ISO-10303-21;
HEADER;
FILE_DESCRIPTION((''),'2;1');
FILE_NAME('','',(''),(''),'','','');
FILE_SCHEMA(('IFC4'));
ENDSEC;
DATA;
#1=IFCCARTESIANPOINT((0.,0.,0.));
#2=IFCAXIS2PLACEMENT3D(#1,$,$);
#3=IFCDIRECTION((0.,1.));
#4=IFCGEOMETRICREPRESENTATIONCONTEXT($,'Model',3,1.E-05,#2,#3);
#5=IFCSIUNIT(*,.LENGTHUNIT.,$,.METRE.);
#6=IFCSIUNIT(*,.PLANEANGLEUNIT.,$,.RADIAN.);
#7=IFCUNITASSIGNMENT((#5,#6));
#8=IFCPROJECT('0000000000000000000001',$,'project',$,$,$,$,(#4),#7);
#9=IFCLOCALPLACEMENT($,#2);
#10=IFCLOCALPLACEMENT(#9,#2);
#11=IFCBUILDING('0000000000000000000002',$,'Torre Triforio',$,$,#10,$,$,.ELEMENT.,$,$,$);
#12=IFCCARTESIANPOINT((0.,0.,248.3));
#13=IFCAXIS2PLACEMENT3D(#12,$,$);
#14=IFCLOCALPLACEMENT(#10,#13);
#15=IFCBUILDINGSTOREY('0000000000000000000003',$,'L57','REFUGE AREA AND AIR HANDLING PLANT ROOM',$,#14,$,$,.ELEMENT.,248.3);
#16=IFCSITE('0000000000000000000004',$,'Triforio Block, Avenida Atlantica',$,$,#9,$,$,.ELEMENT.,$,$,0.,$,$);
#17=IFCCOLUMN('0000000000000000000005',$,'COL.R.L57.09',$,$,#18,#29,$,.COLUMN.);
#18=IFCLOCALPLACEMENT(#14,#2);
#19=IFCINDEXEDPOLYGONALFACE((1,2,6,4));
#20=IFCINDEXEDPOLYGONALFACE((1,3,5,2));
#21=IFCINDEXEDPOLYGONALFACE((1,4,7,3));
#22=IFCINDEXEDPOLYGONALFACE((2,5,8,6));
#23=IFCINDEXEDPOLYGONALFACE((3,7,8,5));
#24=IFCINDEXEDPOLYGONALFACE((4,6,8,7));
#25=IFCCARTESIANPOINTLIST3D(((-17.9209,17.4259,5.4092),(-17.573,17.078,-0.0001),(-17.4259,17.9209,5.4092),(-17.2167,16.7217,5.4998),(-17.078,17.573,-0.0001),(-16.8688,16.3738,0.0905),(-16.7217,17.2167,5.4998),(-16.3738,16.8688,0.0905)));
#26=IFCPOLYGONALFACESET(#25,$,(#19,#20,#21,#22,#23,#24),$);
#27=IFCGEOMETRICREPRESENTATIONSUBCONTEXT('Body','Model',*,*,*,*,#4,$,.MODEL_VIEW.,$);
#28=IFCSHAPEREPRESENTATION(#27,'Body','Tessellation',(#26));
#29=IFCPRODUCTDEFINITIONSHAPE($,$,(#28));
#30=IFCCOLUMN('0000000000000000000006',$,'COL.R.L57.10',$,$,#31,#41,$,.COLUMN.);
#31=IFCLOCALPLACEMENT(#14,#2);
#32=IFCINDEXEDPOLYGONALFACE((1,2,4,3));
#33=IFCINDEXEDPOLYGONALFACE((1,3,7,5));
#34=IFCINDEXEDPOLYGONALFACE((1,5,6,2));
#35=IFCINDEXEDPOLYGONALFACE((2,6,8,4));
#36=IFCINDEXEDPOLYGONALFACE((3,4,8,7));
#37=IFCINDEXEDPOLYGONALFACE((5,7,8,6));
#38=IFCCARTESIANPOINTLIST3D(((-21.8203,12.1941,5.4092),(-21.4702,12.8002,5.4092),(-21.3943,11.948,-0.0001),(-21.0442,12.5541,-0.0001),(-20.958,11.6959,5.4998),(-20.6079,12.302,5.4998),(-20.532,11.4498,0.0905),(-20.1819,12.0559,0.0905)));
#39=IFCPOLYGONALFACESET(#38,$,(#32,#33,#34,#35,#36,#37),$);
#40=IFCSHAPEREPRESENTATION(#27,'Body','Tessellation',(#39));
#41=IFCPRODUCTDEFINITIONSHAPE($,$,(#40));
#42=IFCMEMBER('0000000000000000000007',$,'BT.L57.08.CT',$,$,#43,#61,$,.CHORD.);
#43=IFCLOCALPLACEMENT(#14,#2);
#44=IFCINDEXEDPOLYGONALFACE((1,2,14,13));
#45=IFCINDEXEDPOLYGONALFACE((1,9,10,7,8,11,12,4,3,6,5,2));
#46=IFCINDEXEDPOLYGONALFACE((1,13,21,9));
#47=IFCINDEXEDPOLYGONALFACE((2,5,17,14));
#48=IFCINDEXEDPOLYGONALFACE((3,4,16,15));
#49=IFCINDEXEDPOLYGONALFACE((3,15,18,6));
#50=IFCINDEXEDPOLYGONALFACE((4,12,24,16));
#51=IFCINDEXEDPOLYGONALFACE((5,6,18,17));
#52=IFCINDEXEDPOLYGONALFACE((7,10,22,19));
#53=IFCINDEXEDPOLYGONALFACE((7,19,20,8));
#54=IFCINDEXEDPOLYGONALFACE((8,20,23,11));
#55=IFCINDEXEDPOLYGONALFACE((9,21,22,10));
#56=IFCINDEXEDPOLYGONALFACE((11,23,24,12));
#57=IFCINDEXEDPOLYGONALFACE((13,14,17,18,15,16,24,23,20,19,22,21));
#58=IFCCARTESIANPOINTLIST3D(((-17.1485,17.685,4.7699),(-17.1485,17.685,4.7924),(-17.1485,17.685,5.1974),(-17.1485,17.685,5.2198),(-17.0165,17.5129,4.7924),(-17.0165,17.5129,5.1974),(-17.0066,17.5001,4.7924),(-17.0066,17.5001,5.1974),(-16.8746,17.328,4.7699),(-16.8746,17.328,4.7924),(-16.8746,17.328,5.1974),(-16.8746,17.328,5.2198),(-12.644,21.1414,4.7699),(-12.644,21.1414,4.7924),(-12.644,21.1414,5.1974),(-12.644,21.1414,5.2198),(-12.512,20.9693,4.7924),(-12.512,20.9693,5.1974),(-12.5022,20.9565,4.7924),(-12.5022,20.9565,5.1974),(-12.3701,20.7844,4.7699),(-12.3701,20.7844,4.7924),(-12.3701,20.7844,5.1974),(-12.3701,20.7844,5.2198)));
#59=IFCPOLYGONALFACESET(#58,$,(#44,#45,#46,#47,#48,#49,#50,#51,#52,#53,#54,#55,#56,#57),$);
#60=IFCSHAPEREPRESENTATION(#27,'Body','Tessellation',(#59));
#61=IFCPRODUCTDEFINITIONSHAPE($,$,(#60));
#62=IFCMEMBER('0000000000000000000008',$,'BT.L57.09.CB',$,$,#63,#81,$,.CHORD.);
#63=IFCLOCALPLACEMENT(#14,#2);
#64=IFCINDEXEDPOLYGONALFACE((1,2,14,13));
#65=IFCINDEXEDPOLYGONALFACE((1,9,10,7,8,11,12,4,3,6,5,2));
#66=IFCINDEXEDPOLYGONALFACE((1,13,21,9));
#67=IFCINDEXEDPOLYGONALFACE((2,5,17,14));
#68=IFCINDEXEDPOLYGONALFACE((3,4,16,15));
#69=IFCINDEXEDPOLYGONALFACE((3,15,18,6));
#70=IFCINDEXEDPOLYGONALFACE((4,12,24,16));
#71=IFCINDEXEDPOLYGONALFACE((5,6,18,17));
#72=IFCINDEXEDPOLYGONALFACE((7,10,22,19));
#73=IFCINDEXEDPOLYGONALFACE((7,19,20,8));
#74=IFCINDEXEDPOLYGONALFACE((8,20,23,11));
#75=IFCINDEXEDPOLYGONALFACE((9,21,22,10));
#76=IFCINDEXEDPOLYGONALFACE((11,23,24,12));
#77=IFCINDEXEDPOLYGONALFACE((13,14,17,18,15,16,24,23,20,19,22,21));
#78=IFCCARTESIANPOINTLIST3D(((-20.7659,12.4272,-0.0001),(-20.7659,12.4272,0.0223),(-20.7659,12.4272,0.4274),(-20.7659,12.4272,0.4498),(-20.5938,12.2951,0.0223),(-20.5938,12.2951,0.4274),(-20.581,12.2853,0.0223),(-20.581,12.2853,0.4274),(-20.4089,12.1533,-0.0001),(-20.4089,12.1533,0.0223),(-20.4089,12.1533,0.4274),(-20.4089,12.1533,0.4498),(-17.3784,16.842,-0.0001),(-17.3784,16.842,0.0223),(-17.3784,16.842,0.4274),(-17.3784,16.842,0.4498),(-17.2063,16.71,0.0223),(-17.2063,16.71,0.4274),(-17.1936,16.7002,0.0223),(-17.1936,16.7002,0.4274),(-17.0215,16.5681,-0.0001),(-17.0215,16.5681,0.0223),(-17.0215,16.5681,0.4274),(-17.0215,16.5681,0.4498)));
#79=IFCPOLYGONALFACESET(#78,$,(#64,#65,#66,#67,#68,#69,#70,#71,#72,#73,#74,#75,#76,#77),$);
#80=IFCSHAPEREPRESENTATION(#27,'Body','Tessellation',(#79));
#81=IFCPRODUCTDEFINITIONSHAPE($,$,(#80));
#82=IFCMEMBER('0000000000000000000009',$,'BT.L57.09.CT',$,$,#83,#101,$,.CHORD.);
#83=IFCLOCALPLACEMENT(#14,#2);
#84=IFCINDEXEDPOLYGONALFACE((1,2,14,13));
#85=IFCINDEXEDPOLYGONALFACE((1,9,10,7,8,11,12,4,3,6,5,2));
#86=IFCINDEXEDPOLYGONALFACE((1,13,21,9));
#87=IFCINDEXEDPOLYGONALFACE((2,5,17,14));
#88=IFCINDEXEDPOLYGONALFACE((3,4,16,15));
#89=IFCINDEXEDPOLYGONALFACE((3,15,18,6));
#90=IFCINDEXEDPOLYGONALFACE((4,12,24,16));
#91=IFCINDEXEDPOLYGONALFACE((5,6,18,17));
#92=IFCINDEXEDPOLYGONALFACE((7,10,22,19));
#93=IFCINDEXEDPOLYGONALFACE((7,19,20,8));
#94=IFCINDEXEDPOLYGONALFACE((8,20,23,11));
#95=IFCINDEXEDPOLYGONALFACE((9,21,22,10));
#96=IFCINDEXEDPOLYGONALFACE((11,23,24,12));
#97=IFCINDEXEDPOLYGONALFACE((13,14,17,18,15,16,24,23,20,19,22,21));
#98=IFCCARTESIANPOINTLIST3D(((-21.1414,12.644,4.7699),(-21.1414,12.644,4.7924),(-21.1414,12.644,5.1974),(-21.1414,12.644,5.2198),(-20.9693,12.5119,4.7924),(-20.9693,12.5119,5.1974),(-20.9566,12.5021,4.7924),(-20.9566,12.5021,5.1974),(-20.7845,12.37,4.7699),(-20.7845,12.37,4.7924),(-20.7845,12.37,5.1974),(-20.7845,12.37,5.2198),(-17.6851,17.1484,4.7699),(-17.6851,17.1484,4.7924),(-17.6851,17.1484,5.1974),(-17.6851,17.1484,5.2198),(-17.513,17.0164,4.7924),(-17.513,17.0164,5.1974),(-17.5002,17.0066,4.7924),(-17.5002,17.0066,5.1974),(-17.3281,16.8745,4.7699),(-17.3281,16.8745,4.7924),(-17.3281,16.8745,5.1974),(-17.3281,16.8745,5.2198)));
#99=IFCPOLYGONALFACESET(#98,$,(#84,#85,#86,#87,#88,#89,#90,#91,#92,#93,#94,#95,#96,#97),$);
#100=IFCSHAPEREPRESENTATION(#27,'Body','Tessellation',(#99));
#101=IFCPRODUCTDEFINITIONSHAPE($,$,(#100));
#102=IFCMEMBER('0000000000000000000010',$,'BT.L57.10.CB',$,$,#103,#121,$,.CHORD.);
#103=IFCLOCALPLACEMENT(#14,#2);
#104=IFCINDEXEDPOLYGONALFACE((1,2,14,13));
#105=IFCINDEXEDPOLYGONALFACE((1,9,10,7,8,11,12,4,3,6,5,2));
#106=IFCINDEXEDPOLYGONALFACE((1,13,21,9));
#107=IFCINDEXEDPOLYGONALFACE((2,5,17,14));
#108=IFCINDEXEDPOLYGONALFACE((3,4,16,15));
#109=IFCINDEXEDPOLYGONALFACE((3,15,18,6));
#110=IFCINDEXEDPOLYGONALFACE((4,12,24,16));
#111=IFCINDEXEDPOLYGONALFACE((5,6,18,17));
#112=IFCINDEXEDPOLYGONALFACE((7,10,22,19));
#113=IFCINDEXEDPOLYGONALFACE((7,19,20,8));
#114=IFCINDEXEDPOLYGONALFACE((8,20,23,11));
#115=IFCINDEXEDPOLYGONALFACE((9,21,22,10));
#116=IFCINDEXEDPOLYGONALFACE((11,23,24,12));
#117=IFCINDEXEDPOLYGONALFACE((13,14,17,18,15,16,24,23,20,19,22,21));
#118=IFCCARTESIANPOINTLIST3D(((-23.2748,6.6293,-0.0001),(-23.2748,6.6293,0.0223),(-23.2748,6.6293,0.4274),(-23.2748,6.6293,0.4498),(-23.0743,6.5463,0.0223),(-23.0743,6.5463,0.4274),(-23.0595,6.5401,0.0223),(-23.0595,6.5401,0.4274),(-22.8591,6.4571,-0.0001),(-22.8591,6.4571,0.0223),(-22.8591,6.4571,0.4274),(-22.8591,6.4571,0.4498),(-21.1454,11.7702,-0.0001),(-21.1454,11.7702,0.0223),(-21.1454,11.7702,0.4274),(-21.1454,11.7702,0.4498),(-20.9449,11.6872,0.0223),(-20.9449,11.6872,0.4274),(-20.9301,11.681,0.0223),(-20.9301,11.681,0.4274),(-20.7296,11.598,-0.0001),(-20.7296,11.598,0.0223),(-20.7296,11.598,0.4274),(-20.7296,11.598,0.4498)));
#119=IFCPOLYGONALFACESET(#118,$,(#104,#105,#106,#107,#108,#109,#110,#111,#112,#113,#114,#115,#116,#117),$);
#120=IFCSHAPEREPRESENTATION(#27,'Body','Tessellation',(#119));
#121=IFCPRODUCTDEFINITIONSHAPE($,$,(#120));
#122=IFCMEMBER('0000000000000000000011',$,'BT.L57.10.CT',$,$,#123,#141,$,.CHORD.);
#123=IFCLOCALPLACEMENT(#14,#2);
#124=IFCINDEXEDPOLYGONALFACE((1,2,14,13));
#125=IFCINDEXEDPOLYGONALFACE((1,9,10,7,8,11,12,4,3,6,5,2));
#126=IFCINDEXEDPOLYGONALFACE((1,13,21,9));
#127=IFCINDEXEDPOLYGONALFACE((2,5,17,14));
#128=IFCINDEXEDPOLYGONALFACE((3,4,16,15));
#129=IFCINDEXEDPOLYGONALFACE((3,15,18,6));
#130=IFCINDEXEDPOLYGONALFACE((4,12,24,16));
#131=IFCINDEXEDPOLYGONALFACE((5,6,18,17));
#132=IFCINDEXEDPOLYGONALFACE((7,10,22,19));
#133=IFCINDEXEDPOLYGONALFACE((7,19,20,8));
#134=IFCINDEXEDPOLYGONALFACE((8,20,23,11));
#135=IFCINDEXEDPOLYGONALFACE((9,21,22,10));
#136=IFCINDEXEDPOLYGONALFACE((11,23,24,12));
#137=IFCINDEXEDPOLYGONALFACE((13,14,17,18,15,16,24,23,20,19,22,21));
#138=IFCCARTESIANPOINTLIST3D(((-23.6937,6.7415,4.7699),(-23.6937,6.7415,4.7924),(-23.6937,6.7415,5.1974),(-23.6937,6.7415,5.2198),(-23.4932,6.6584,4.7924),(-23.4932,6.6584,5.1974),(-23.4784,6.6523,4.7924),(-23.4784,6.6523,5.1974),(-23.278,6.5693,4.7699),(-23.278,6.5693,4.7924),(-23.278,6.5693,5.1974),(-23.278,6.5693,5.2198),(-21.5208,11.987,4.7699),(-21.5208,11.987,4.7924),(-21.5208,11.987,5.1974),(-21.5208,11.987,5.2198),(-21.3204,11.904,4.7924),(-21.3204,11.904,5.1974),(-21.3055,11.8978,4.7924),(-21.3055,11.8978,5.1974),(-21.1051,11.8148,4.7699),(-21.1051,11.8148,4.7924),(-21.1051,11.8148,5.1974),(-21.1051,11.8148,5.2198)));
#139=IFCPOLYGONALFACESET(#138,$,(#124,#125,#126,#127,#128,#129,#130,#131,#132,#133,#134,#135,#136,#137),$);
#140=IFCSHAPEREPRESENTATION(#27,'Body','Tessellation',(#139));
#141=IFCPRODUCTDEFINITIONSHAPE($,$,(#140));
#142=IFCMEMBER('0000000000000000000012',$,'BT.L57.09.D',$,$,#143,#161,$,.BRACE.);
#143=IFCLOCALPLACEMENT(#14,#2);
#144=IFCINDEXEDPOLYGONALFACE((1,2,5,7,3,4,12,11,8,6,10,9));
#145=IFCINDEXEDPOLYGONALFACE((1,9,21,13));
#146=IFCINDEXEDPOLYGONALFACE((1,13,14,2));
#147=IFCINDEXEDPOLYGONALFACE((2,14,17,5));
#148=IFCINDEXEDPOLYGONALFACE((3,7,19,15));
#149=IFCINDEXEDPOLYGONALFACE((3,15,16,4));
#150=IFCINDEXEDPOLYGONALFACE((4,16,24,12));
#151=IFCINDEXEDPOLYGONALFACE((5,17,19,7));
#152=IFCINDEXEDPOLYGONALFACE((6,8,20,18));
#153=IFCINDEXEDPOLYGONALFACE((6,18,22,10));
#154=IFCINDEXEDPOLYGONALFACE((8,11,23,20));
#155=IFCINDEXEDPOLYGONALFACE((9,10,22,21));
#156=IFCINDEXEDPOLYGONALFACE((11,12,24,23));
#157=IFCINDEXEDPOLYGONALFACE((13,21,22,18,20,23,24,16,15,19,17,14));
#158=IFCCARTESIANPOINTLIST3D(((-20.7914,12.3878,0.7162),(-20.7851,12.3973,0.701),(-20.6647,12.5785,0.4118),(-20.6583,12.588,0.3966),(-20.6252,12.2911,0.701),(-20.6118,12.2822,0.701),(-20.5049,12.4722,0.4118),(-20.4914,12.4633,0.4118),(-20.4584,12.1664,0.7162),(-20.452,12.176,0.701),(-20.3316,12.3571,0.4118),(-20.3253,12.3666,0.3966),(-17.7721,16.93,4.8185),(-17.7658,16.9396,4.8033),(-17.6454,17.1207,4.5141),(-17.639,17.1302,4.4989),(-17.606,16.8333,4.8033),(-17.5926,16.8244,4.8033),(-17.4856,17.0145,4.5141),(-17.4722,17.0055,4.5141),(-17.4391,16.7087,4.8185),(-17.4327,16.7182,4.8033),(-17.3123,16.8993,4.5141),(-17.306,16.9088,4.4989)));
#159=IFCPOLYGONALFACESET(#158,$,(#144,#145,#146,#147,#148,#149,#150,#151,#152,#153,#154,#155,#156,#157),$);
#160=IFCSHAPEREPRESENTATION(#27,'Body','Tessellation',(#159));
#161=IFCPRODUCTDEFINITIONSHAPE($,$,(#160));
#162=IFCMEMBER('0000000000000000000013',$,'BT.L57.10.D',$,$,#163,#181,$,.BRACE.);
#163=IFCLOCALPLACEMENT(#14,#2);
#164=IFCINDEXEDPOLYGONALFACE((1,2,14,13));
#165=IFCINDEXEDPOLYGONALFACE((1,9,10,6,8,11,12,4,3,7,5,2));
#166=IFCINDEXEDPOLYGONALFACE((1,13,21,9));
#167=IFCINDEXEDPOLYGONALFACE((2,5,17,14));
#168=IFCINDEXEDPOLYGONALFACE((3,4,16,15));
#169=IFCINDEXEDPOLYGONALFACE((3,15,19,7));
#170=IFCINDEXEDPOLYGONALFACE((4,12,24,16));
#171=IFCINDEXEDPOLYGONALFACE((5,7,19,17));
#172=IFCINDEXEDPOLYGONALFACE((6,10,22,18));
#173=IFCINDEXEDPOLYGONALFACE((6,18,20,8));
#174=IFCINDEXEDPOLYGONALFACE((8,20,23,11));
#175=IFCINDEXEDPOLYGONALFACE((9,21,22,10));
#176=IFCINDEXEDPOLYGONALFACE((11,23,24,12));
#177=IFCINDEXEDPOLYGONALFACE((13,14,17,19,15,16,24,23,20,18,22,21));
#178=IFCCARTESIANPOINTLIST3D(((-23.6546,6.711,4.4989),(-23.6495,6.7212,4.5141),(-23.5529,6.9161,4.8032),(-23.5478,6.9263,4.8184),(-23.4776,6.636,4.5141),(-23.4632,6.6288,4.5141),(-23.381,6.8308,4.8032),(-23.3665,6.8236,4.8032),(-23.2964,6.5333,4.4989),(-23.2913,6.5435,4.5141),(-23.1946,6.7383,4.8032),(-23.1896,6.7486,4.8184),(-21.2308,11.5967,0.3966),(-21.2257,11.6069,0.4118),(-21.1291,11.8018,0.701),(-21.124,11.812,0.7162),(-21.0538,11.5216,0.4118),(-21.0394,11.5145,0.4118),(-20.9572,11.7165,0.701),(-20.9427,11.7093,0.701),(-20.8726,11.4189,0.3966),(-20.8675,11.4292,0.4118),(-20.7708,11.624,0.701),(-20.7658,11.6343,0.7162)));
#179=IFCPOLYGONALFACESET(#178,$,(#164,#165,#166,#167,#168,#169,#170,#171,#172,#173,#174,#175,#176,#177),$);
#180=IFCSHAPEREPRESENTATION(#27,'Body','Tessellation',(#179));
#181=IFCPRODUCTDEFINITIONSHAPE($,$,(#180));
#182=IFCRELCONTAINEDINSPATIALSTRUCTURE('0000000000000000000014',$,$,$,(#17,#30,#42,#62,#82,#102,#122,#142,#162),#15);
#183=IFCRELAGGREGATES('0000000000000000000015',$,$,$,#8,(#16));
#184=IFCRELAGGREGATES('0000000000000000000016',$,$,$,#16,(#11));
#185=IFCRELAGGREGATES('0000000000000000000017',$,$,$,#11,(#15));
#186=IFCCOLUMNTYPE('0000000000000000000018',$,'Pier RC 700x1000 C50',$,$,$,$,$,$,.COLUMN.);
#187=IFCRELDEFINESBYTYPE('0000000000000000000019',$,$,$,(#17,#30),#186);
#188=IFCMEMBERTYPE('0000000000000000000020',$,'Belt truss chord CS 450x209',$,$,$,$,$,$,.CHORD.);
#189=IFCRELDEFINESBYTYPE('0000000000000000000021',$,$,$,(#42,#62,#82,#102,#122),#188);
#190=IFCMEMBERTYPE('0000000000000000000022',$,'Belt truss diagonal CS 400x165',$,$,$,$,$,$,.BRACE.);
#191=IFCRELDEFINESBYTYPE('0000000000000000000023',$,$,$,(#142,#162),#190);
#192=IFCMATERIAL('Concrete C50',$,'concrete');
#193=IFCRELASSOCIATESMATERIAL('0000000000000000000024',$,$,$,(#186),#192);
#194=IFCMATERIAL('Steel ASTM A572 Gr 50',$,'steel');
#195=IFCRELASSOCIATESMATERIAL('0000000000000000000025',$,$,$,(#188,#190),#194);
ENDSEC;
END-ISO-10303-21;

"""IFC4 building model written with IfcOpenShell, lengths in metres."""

from ifc_helpers import new_model, si_unit, direction, frame, origin, origin_2d, place, context, subcontext, project, spatial, rectangle, i_section, extrude, material, material_profile, profile_set, type_object, element, save


model = new_model("IFC4")

# Units and contexts
model_context = context("Model", 3, precision=1e-05, world=origin(), true_north=direction((0.0, 1.0)))
body_context = subcontext(model_context, "Body", "Model", "MODEL_VIEW")
ifc_project = project(units=[si_unit("LENGTHUNIT", "METRE"), si_unit("PLANEANGLEUNIT", "RADIAN")], contexts=[model_context])

# Site, building, storey
site_placement = place(None, origin())
site = spatial("IfcSite", under=ifc_project, at=site_placement, Name="Triforio Block, Avenida Atlantica", CompositionType="ELEMENT", RefElevation=0.0)
building_placement = place(site_placement, origin())
building = spatial("IfcBuilding", under=site, at=building_placement, Name="Torre Triforio", CompositionType="ELEMENT")
storey_placement = place(building_placement, frame((0.0, 0.0, 248.3)))
storey = spatial("IfcBuildingStorey", under=building, at=storey_placement, Name="L57", Description="REFUGE AREA AND AIR HANDLING PLANT ROOM", CompositionType="ELEMENT", Elevation=248.3)

# Columns
ifc_material_1 = material(Name="Concrete C50", Category="concrete")
ifc_material_profile_1 = material_profile(ifc_material_1, rectangle(XDim=0.7, YDim=1.0, at=origin_2d()), Name="RC 700x1000")
ifc_profile_set_1 = profile_set([ifc_material_profile_1], Name="Concrete C50")
column_type = type_object("IfcColumnType", Name="Pier RC 700x1000 C50", PredefinedType="COLUMN", material=ifc_profile_set_1)
for number, where, z_axis, x_axis, name in (
    (1, (-16.9734, 16.9734, 0.0452), (-0.064049, 0.064049, 0.995889), (-0.707107, -0.707107, 0.0), "COL.R.L57.09"),
    (2, (-20.7881, 12.002, 0.0452), (-0.078432, 0.045307, 0.995889), (-0.500195, -0.865913, 0.0), "COL.R.L57.10"),
):
    element("IfcColumn", number, at=place(storey_placement, frame(where, z_axis=z_axis, x_axis=x_axis)), inside=storey, type_object=column_type, Name=name, PredefinedType="COLUMN", context=body_context, shape_type="SweptSolid", body=[
        extrude(rectangle(XDim=0.7, YDim=1.0, at=origin_2d()), origin(), (0.0, 0.0, 1.0), 5.4316),
    ])

# Members
ifc_material_2 = material(Name="Steel ASTM A572 Gr 50", Category="steel")
ifc_material_profile_2 = material_profile(ifc_material_2, i_section(OverallWidth=0.45, OverallDepth=0.45, WebThickness=0.0161, FlangeThickness=0.0225, at=origin_2d()), Name="CS 450x209")
ifc_profile_set_2 = profile_set([ifc_material_profile_2], Name="Steel ASTM A572 Gr 50")
member_type_1 = type_object("IfcMemberType", Name="Belt truss chord CS 450x209", PredefinedType="CHORD", material=ifc_profile_set_2)
member_1_placement = place(storey_placement, frame((-12.5071, 20.9629, 4.9949), z_axis=(-0.793357, -0.608756, 0.0), x_axis=(0.608756, -0.793357, 0.0)))
element("IfcMember", 3, at=member_1_placement, inside=storey, type_object=member_type_1, Name="BT.L57.08.CT", PredefinedType="CHORD", context=body_context, shape_type="SweptSolid", body=[
    extrude(i_section(OverallWidth=0.45, OverallDepth=0.45, WebThickness=0.0161, FlangeThickness=0.0225, at=origin_2d()), origin(), (0.0, 0.0, 1.0), 5.6777),
])
member_2_placement = place(storey_placement, frame((-17.2, 16.7051, 0.2249), z_axis=(-0.608746, -0.793366, 0.0), x_axis=(0.793366, -0.608746, 0.0)))
element("IfcMember", 4, at=member_2_placement, inside=storey, type_object=member_type_1, Name="BT.L57.09.CB", PredefinedType="CHORD", context=body_context, shape_type="SweptSolid", body=[
    extrude(i_section(OverallWidth=0.45, OverallDepth=0.45, WebThickness=0.0161, FlangeThickness=0.0225, at=origin_2d()), origin(), (0.0, 0.0, 1.0), 5.5647),
])
member_3_placement = place(storey_placement, frame((-17.5066, 17.0115, 4.9949), z_axis=(-0.608756, -0.793357, 0.0), x_axis=(0.793357, -0.608756, 0.0)))
element("IfcMember", 5, at=member_3_placement, inside=storey, type_object=member_type_1, Name="BT.L57.09.CT", PredefinedType="CHORD", context=body_context, shape_type="SweptSolid", body=[
    extrude(i_section(OverallWidth=0.45, OverallDepth=0.45, WebThickness=0.0161, FlangeThickness=0.0225, at=origin_2d()), origin(), (0.0, 0.0, 1.0), 5.6777),
])
member_4_placement = place(storey_placement, frame((-20.9375, 11.6841, 0.2249), z_axis=(-0.38268, -0.923881, 0.0), x_axis=(0.923881, -0.38268, 0.0)))
element("IfcMember", 6, at=member_4_placement, inside=storey, type_object=member_type_1, Name="BT.L57.10.CB", PredefinedType="CHORD", context=body_context, shape_type="SweptSolid", body=[
    extrude(i_section(OverallWidth=0.45, OverallDepth=0.45, WebThickness=0.0161, FlangeThickness=0.0225, at=origin_2d()), origin(), (0.0, 0.0, 1.0), 5.5645),
])
member_5_placement = place(storey_placement, frame((-21.313, 11.9009, 4.9949), z_axis=(-0.382691, -0.923876, 0.0), x_axis=(0.923876, -0.382691, 0.0)))
element("IfcMember", 7, at=member_5_placement, inside=storey, type_object=member_type_1, Name="BT.L57.10.CT", PredefinedType="CHORD", context=body_context, shape_type="SweptSolid", body=[
    extrude(i_section(OverallWidth=0.45, OverallDepth=0.45, WebThickness=0.0161, FlangeThickness=0.0225, at=origin_2d()), origin(), (0.0, 0.0, 1.0), 5.6777),
])
ifc_material_profile_3 = material_profile(ifc_material_2, i_section(OverallWidth=0.3999, OverallDepth=0.3999, WebThickness=0.0161, FlangeThickness=0.019, at=origin_2d()), Name="CS 400x165")
ifc_profile_set_3 = profile_set([ifc_material_profile_3], Name="Steel ASTM A572 Gr 50")
member_type_2 = type_object("IfcMemberType", Name="Belt truss diagonal CS 400x165", PredefinedType="BRACE", material=ifc_profile_set_3)
member_6_placement = place(storey_placement, frame((-17.5391, 16.9194, 4.6587), z_axis=(-0.442404, -0.665556, -0.601093), x_axis=(0.8328, -0.553574, 0.0)))
element("IfcMember", 8, at=member_6_placement, inside=storey, type_object=member_type_2, Name="BT.L57.09.D", PredefinedType="BRACE", context=body_context, shape_type="SweptSolid", body=[
    extrude(i_section(OverallWidth=0.3999, OverallDepth=0.3999, WebThickness=0.0161, FlangeThickness=0.019, at=origin_2d()), origin(), (0.0, 0.0, 1.0), 6.8247),
])
member_7_placement = place(storey_placement, frame((-20.9983, 11.6155, 0.5564), z_axis=(-0.355164, -0.715909, 0.60111), x_axis=(0.895819, -0.444418, 0.0)))
element("IfcMember", 9, at=member_7_placement, inside=storey, type_object=member_type_2, Name="BT.L57.10.D", PredefinedType="BRACE", context=body_context, shape_type="SweptSolid", body=[
    extrude(i_section(OverallWidth=0.3999, OverallDepth=0.3999, WebThickness=0.0161, FlangeThickness=0.019, at=origin_2d()), origin(), (0.0, 0.0, 1.0), 6.8245),
])

save(model, "model.ifc")
